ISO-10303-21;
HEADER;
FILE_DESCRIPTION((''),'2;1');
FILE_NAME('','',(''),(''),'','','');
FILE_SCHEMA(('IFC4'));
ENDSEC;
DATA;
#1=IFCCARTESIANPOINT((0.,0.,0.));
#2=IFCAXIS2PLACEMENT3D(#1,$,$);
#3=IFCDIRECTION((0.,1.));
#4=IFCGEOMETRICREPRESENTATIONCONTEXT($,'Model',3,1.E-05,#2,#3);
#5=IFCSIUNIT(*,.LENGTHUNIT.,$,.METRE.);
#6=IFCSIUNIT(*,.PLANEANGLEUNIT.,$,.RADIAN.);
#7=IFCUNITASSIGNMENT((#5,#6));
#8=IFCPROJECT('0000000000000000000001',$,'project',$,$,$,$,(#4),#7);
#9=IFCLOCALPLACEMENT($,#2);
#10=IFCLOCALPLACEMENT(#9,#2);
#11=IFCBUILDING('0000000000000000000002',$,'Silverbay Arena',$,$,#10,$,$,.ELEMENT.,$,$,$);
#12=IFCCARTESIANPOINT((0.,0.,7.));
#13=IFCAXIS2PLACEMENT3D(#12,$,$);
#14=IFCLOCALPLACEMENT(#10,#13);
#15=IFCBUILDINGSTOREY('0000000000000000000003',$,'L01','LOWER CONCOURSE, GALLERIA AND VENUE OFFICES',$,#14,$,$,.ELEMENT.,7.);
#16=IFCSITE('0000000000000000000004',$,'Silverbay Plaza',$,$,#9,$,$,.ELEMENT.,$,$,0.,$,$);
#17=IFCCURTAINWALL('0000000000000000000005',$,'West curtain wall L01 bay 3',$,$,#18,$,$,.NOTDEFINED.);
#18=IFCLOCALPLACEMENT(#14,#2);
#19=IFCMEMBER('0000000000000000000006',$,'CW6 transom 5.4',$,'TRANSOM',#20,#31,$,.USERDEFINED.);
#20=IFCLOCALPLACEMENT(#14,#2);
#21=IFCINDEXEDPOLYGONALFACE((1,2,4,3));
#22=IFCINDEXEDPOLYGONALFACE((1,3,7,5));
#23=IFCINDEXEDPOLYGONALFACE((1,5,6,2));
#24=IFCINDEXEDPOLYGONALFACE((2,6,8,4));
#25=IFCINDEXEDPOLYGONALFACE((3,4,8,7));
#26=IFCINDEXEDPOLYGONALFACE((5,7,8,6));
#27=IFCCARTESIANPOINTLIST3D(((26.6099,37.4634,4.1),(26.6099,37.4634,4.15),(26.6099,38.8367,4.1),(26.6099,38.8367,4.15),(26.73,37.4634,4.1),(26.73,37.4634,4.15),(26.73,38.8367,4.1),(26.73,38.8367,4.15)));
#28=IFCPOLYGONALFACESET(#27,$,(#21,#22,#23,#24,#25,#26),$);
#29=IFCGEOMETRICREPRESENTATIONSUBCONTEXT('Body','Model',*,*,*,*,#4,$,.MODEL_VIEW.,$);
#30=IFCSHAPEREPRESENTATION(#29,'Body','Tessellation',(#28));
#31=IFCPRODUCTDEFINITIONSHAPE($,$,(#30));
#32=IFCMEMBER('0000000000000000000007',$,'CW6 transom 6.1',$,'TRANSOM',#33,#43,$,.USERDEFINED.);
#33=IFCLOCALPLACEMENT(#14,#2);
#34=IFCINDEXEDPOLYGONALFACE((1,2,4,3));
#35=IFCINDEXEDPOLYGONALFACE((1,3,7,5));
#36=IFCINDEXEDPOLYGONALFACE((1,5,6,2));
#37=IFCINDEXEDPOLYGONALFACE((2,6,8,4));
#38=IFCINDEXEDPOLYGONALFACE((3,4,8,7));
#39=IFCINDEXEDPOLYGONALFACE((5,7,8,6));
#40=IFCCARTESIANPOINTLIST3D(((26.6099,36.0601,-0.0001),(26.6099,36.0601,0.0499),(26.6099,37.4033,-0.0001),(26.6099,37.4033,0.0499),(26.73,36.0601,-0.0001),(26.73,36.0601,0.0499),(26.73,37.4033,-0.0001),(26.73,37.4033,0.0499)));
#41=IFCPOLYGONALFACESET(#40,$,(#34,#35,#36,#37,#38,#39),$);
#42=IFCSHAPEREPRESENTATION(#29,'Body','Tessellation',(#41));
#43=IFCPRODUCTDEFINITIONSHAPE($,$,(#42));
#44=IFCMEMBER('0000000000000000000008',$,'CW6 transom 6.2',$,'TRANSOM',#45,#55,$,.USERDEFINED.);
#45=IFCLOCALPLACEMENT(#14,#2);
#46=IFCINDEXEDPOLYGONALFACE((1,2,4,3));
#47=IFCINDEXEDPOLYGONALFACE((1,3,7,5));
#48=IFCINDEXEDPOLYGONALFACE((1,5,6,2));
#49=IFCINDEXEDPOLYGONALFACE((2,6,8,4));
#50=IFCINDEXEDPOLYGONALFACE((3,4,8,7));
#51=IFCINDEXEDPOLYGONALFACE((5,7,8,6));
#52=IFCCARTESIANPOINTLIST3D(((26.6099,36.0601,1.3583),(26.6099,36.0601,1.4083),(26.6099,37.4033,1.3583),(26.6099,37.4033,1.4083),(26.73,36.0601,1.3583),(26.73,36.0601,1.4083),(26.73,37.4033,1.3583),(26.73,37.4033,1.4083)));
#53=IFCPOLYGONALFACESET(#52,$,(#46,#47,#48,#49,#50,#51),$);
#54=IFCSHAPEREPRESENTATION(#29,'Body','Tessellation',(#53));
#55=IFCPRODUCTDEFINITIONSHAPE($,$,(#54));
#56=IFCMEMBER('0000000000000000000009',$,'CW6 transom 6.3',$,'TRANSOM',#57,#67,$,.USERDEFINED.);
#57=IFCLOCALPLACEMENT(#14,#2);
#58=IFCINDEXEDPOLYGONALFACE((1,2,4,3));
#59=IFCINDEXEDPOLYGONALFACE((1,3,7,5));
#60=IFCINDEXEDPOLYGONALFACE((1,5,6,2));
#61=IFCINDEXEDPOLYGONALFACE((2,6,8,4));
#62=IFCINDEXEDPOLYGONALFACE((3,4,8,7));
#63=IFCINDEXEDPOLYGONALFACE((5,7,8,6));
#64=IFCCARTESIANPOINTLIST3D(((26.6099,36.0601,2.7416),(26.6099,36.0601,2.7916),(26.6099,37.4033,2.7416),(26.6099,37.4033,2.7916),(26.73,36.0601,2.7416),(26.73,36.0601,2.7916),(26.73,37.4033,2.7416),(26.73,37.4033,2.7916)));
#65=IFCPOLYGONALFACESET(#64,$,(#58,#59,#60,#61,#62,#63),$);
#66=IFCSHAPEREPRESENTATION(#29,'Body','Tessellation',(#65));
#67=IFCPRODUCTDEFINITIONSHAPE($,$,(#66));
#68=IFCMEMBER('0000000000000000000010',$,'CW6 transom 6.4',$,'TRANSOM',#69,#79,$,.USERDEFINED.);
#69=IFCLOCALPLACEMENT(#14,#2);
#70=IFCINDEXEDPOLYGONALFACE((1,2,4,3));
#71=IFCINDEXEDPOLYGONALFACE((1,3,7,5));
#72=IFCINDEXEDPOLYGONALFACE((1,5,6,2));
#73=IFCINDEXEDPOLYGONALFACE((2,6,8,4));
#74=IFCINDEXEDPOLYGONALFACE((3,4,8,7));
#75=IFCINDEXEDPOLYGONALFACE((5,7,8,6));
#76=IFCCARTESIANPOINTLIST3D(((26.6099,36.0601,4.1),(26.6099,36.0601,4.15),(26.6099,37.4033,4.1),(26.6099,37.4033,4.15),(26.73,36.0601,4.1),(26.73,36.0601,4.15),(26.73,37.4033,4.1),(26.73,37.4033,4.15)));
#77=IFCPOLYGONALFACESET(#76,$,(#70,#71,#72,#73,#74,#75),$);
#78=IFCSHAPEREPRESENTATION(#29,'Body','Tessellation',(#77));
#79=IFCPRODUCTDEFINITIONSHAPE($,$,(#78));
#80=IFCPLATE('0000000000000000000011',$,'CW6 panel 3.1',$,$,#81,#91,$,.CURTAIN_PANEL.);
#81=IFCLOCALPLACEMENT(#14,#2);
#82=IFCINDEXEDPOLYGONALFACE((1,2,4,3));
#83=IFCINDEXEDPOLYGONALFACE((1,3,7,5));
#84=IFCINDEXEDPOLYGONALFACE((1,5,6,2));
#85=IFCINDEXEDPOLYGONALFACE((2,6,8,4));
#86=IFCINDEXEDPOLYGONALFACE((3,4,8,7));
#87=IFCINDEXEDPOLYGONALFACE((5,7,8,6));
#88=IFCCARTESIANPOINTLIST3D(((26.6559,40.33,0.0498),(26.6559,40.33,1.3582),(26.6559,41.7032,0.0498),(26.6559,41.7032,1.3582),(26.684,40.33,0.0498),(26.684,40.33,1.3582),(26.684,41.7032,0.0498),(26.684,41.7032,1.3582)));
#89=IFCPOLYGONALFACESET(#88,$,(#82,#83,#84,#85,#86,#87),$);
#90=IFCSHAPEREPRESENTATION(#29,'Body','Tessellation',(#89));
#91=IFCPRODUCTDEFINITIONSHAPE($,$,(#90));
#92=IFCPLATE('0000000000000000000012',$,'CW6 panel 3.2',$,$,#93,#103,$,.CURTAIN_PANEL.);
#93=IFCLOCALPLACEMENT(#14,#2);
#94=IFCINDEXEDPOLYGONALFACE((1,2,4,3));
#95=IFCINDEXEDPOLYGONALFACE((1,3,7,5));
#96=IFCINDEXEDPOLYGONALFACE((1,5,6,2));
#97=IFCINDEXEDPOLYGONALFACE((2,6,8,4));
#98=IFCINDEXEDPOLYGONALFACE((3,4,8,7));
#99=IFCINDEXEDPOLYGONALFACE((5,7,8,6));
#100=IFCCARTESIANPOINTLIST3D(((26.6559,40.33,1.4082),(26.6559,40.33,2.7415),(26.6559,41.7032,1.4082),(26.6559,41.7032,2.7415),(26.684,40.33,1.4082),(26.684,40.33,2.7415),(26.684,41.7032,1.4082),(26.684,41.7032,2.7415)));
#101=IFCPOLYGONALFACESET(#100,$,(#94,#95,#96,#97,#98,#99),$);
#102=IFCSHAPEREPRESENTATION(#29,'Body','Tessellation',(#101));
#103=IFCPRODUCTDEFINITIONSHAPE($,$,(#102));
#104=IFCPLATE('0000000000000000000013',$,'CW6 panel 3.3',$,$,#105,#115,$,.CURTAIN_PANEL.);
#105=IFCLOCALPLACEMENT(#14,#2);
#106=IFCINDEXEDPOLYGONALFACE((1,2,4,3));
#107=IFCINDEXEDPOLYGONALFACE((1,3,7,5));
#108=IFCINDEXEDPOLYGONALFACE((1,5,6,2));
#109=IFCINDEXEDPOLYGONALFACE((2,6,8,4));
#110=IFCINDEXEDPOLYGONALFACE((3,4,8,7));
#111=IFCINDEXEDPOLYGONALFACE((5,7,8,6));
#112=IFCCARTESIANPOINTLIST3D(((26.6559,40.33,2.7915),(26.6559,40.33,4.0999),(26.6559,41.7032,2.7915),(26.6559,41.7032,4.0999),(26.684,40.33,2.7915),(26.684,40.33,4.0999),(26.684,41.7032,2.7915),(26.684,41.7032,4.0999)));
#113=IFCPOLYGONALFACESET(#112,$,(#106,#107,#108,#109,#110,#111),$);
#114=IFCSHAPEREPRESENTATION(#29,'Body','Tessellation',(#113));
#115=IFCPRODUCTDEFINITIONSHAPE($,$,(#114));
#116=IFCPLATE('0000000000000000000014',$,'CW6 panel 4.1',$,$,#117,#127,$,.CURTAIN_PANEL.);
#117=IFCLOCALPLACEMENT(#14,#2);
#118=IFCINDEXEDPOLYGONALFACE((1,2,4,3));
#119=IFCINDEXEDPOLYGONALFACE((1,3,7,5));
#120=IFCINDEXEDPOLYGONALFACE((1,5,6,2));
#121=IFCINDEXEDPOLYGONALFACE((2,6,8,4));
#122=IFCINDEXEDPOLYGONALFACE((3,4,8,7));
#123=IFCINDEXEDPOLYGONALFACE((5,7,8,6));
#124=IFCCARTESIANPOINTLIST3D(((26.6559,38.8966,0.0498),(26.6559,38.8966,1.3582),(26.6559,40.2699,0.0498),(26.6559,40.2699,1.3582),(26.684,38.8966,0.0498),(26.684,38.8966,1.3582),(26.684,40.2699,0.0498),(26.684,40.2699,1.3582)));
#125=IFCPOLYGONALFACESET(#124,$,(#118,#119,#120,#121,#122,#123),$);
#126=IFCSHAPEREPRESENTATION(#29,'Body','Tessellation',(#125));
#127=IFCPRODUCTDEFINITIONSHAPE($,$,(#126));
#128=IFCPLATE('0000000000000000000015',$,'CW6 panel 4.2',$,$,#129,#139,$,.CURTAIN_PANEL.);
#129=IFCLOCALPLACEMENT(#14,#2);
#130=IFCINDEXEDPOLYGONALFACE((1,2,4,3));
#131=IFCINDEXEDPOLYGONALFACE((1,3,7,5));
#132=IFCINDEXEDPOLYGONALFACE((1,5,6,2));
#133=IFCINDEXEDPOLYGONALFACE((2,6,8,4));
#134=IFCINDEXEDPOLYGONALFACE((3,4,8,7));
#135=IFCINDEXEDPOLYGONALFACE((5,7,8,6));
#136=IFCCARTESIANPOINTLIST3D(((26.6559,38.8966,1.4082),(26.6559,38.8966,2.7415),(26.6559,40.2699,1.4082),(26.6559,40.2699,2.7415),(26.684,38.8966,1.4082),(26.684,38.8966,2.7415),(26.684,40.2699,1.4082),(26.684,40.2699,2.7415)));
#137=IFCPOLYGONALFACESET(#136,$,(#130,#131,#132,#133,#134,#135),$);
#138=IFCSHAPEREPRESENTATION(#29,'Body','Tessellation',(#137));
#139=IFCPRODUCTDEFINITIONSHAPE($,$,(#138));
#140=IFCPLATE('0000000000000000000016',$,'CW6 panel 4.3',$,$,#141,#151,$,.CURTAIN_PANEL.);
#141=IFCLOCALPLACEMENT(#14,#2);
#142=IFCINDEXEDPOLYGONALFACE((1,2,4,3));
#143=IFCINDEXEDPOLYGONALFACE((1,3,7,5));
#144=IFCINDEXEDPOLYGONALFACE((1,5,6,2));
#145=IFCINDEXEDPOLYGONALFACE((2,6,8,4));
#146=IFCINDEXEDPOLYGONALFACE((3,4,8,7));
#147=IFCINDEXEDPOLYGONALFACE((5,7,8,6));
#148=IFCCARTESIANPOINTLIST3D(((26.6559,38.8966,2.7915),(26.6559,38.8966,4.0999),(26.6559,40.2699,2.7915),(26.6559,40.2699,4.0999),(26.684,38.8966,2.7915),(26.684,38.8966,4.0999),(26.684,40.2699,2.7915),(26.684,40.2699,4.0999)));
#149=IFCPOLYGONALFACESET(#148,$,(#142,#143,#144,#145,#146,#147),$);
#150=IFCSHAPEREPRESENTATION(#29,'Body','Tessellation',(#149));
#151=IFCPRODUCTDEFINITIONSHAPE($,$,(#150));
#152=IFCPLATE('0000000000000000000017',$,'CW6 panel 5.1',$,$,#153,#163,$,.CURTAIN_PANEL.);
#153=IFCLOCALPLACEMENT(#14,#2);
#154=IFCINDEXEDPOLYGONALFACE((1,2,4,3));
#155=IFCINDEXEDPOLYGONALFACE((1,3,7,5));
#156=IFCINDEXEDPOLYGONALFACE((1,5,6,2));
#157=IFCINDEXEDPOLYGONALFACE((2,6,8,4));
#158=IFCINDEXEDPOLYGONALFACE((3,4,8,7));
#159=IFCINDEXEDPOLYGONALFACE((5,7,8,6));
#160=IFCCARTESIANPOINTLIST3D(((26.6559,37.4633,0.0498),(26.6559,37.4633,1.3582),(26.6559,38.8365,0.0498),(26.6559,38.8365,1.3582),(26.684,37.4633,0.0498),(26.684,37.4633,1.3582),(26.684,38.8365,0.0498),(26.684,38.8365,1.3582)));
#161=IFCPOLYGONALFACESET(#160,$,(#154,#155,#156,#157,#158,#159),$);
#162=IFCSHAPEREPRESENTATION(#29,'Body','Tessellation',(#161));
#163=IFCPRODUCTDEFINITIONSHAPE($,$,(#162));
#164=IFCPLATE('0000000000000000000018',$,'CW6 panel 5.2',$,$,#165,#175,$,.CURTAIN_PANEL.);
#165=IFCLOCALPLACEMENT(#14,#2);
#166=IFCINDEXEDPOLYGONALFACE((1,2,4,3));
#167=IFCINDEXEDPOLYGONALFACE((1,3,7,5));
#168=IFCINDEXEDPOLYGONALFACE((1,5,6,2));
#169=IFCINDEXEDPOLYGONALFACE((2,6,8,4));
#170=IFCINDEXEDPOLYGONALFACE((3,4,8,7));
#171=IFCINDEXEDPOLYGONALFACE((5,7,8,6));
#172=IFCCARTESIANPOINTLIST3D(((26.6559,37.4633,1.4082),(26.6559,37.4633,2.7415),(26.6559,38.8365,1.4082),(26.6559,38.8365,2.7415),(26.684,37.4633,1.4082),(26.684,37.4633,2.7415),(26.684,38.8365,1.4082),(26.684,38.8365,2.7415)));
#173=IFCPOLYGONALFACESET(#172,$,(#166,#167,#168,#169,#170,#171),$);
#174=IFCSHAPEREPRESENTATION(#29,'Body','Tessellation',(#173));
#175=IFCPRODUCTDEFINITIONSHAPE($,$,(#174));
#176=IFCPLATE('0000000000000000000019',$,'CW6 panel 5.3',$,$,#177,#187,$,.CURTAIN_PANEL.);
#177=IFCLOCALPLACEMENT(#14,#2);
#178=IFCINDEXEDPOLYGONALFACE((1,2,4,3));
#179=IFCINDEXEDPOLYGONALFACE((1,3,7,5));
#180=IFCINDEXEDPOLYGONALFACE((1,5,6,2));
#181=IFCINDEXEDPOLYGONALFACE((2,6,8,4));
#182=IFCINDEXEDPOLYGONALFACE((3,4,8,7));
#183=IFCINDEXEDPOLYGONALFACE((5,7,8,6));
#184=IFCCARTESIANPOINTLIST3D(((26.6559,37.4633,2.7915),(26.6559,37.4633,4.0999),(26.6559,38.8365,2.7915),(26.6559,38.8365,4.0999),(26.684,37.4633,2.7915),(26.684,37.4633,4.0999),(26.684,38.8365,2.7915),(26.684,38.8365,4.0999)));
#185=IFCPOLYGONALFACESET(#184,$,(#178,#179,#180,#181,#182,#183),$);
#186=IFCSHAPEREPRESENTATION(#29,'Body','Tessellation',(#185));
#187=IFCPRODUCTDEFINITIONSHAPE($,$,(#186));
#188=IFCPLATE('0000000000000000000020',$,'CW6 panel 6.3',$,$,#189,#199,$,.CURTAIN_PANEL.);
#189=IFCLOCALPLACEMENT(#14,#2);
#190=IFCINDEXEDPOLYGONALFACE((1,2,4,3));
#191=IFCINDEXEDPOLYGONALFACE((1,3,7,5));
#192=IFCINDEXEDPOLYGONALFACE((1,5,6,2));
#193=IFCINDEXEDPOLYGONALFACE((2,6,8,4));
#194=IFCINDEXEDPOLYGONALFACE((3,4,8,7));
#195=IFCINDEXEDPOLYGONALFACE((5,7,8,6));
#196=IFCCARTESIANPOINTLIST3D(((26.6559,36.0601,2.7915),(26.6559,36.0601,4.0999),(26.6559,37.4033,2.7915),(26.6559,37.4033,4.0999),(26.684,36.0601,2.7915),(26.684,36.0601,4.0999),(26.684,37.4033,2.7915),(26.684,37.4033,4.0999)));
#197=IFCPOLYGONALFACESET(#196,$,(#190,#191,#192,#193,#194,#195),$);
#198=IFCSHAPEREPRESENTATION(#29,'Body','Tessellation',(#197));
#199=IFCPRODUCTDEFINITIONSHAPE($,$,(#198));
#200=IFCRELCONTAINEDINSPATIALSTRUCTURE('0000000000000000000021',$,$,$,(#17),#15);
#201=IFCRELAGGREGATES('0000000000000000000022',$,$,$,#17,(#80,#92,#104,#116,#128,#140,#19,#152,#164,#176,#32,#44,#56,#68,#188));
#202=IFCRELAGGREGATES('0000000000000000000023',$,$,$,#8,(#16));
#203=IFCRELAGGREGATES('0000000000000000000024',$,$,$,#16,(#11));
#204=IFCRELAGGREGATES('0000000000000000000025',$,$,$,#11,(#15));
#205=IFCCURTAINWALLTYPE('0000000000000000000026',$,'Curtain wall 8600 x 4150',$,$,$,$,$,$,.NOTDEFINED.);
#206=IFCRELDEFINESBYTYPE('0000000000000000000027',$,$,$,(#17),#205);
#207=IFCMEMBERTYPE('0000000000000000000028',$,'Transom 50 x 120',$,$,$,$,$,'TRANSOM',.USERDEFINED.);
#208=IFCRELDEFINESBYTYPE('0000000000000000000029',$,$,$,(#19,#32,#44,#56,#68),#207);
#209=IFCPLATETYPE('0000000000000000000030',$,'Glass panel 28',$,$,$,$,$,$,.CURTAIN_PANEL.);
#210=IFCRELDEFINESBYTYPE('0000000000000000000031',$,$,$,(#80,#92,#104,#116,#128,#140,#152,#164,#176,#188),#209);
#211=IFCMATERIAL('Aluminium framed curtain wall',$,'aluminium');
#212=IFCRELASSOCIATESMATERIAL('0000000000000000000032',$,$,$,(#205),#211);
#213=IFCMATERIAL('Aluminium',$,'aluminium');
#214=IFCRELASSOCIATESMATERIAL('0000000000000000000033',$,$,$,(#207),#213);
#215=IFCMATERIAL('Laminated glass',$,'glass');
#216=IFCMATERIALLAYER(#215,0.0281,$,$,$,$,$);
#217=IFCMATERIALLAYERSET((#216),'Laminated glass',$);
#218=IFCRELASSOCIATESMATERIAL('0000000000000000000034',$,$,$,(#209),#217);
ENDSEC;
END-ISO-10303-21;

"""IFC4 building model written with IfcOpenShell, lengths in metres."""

from ifc_helpers import new_model, si_unit, direction, frame, origin, origin_2d, place, context, subcontext, project, spatial, rectangle, extrude, material, layer, layer_set, material_profile, profile_set, type_object, element, aggregate, save


model = new_model("IFC4")

# Units and contexts
model_context = context("Model", 3, precision=1e-05, world=origin(), true_north=direction((0.0, 1.0)))
body_context = subcontext(model_context, "Body", "Model", "MODEL_VIEW")
ifc_project = project(units=[si_unit("LENGTHUNIT", "METRE"), si_unit("PLANEANGLEUNIT", "RADIAN")], contexts=[model_context])

# Site, building, storey
site_placement = place(None, origin())
site = spatial("IfcSite", under=ifc_project, at=site_placement, Name="Silverbay Plaza", CompositionType="ELEMENT", RefElevation=0.0)
building_placement = place(site_placement, origin())
building = spatial("IfcBuilding", under=site, at=building_placement, Name="Silverbay Arena", CompositionType="ELEMENT")
storey_placement = place(building_placement, frame((0.0, 0.0, 7.0)))
storey = spatial("IfcBuildingStorey", under=building, at=storey_placement, Name="L01", Description="LOWER CONCOURSE, GALLERIA AND VENUE OFFICES", CompositionType="ELEMENT", Elevation=7.0)

# Curtain wall, members, plates
ifc_material_1 = material(Name="Aluminium framed curtain wall", Category="aluminium")
curtain_wall_type = type_object("IfcCurtainWallType", Name="Curtain wall 8600 x 4150", PredefinedType="NOTDEFINED", material=ifc_material_1)
curtain_wall_placement = place(storey_placement, origin())
curtain_wall = element("IfcCurtainWall", 1, at=curtain_wall_placement, inside=storey, type_object=curtain_wall_type, Name="West curtain wall L01 bay 3", PredefinedType="NOTDEFINED")
ifc_material_2 = material(Name="Aluminium", Category="aluminium")
ifc_material_profile_1 = material_profile(ifc_material_2, rectangle(XDim=0.1201, YDim=0.05, at=origin_2d()), Name="Transom 50 x 120")
ifc_profile_set_1 = profile_set([ifc_material_profile_1], Name="Aluminium")
member_type_1 = type_object("IfcMemberType", Name="Transom 50 x 120", ElementType="TRANSOM", PredefinedType="USERDEFINED", material=ifc_profile_set_1)
member_1_placement = place(storey_placement, frame((26.6699, 38.8367, 4.125), z_axis=(0.0, -1.0, 0.0), x_axis=(1.0, 0.0, 0.0)))
member_1 = element("IfcMember", 2, at=member_1_placement, type_object=member_type_1, Name="CW6 transom 5.4", ObjectType="TRANSOM", PredefinedType="USERDEFINED", context=body_context, shape_type="SweptSolid", body=[
    extrude(rectangle(XDim=0.1201, YDim=0.05, at=origin_2d()), origin(), (0.0, 0.0, 1.0), 1.3733),
])
member_2_placement = place(storey_placement, frame((26.6699, 37.4033, 0.0249), z_axis=(0.0, -1.0, 0.0), x_axis=(1.0, 0.0, 0.0)))
member_2 = element("IfcMember", 3, at=member_2_placement, type_object=member_type_1, Name="CW6 transom 6.1", ObjectType="TRANSOM", PredefinedType="USERDEFINED", context=body_context, shape_type="SweptSolid", body=[
    extrude(rectangle(XDim=0.1201, YDim=0.05, at=origin_2d()), origin(), (0.0, 0.0, 1.0), 1.3433),
])
member_3_placement = place(storey_placement, frame((26.6699, 37.4033, 1.3833), z_axis=(0.0, -1.0, 0.0), x_axis=(1.0, 0.0, 0.0)))
member_3 = element("IfcMember", 4, at=member_3_placement, type_object=member_type_1, Name="CW6 transom 6.2", ObjectType="TRANSOM", PredefinedType="USERDEFINED", context=body_context, shape_type="SweptSolid", body=[
    extrude(rectangle(XDim=0.1201, YDim=0.05, at=origin_2d()), origin(), (0.0, 0.0, 1.0), 1.3433),
])
member_4_placement = place(storey_placement, frame((26.6699, 37.4033, 2.7666), z_axis=(0.0, -1.0, 0.0), x_axis=(1.0, 0.0, 0.0)))
member_4 = element("IfcMember", 5, at=member_4_placement, type_object=member_type_1, Name="CW6 transom 6.3", ObjectType="TRANSOM", PredefinedType="USERDEFINED", context=body_context, shape_type="SweptSolid", body=[
    extrude(rectangle(XDim=0.1201, YDim=0.05, at=origin_2d()), origin(), (0.0, 0.0, 1.0), 1.3433),
])
member_5_placement = place(storey_placement, frame((26.6699, 37.4033, 4.125), z_axis=(0.0, -1.0, 0.0), x_axis=(1.0, 0.0, 0.0)))
member_5 = element("IfcMember", 6, at=member_5_placement, type_object=member_type_1, Name="CW6 transom 6.4", ObjectType="TRANSOM", PredefinedType="USERDEFINED", context=body_context, shape_type="SweptSolid", body=[
    extrude(rectangle(XDim=0.1201, YDim=0.05, at=origin_2d()), origin(), (0.0, 0.0, 1.0), 1.3433),
])
ifc_material_3 = material(Name="Laminated glass", Category="glass")
ifc_layer = layer(ifc_material_3, 0.0281)
ifc_layer_set = layer_set([ifc_layer], Name="Laminated glass")
plate_type = type_object("IfcPlateType", Name="Glass panel 28", PredefinedType="CURTAIN_PANEL", material=ifc_layer_set)
plate_1_placement = place(storey_placement, frame((26.6699, 41.0166, 0.0498), z_axis=(0.0, 0.0, 1.0), x_axis=(0.0, -1.0, 0.0)))
plate_1 = element("IfcPlate", 7, at=plate_1_placement, type_object=plate_type, Name="CW6 panel 3.1", PredefinedType="CURTAIN_PANEL", context=body_context, shape_type="SweptSolid", body=[
    extrude(rectangle(XDim=1.3733, YDim=0.0281, at=origin_2d()), origin(), (0.0, 0.0, 1.0), 1.3083),
])
plate_2_placement = place(storey_placement, frame((26.6699, 41.0166, 1.4082), z_axis=(0.0, 0.0, 1.0), x_axis=(0.0, -1.0, 0.0)))
plate_2 = element("IfcPlate", 8, at=plate_2_placement, type_object=plate_type, Name="CW6 panel 3.2", PredefinedType="CURTAIN_PANEL", context=body_context, shape_type="SweptSolid", body=[
    extrude(rectangle(XDim=1.3733, YDim=0.0281, at=origin_2d()), origin(), (0.0, 0.0, 1.0), 1.3333),
])
plate_3_placement = place(storey_placement, frame((26.6699, 41.0166, 2.7915), z_axis=(0.0, 0.0, 1.0), x_axis=(0.0, -1.0, 0.0)))
plate_3 = element("IfcPlate", 9, at=plate_3_placement, type_object=plate_type, Name="CW6 panel 3.3", PredefinedType="CURTAIN_PANEL", context=body_context, shape_type="SweptSolid", body=[
    extrude(rectangle(XDim=1.3733, YDim=0.0281, at=origin_2d()), origin(), (0.0, 0.0, 1.0), 1.3083),
])
plate_4_placement = place(storey_placement, frame((26.6699, 39.5833, 0.0498), z_axis=(0.0, 0.0, 1.0), x_axis=(0.0, -1.0, 0.0)))
plate_4 = element("IfcPlate", 10, at=plate_4_placement, type_object=plate_type, Name="CW6 panel 4.1", PredefinedType="CURTAIN_PANEL", context=body_context, shape_type="SweptSolid", body=[
    extrude(rectangle(XDim=1.3733, YDim=0.0281, at=origin_2d()), origin(), (0.0, 0.0, 1.0), 1.3083),
])
plate_5_placement = place(storey_placement, frame((26.6699, 39.5833, 1.4082), z_axis=(0.0, 0.0, 1.0), x_axis=(0.0, -1.0, 0.0)))
plate_5 = element("IfcPlate", 11, at=plate_5_placement, type_object=plate_type, Name="CW6 panel 4.2", PredefinedType="CURTAIN_PANEL", context=body_context, shape_type="SweptSolid", body=[
    extrude(rectangle(XDim=1.3733, YDim=0.0281, at=origin_2d()), origin(), (0.0, 0.0, 1.0), 1.3333),
])
plate_6_placement = place(storey_placement, frame((26.6699, 39.5833, 2.7915), z_axis=(0.0, 0.0, 1.0), x_axis=(0.0, -1.0, 0.0)))
plate_6 = element("IfcPlate", 12, at=plate_6_placement, type_object=plate_type, Name="CW6 panel 4.3", PredefinedType="CURTAIN_PANEL", context=body_context, shape_type="SweptSolid", body=[
    extrude(rectangle(XDim=1.3733, YDim=0.0281, at=origin_2d()), origin(), (0.0, 0.0, 1.0), 1.3083),
])
plate_7_placement = place(storey_placement, frame((26.6699, 38.1499, 0.0498), z_axis=(0.0, 0.0, 1.0), x_axis=(0.0, -1.0, 0.0)))
plate_7 = element("IfcPlate", 13, at=plate_7_placement, type_object=plate_type, Name="CW6 panel 5.1", PredefinedType="CURTAIN_PANEL", context=body_context, shape_type="SweptSolid", body=[
    extrude(rectangle(XDim=1.3733, YDim=0.0281, at=origin_2d()), origin(), (0.0, 0.0, 1.0), 1.3083),
])
plate_8_placement = place(storey_placement, frame((26.6699, 38.1499, 1.4082), z_axis=(0.0, 0.0, 1.0), x_axis=(0.0, -1.0, 0.0)))
plate_8 = element("IfcPlate", 14, at=plate_8_placement, type_object=plate_type, Name="CW6 panel 5.2", PredefinedType="CURTAIN_PANEL", context=body_context, shape_type="SweptSolid", body=[
    extrude(rectangle(XDim=1.3733, YDim=0.0281, at=origin_2d()), origin(), (0.0, 0.0, 1.0), 1.3333),
])
plate_9_placement = place(storey_placement, frame((26.6699, 38.1499, 2.7915), z_axis=(0.0, 0.0, 1.0), x_axis=(0.0, -1.0, 0.0)))
plate_9 = element("IfcPlate", 15, at=plate_9_placement, type_object=plate_type, Name="CW6 panel 5.3", PredefinedType="CURTAIN_PANEL", context=body_context, shape_type="SweptSolid", body=[
    extrude(rectangle(XDim=1.3733, YDim=0.0281, at=origin_2d()), origin(), (0.0, 0.0, 1.0), 1.3083),
])
plate_10_placement = place(storey_placement, frame((26.6699, 36.7317, 2.7915), z_axis=(0.0, 0.0, 1.0), x_axis=(0.0, -1.0, 0.0)))
plate_10 = element("IfcPlate", 16, at=plate_10_placement, type_object=plate_type, Name="CW6 panel 6.3", PredefinedType="CURTAIN_PANEL", context=body_context, shape_type="SweptSolid", body=[
    extrude(rectangle(XDim=1.3433, YDim=0.0281, at=origin_2d()), origin(), (0.0, 0.0, 1.0), 1.3083),
])
aggregate(curtain_wall, [plate_1, plate_2, plate_3, plate_4, plate_5, plate_6, member_1, plate_7, plate_8, plate_9, member_2, member_3, member_4, member_5, plate_10])

save(model, "model.ifc")
